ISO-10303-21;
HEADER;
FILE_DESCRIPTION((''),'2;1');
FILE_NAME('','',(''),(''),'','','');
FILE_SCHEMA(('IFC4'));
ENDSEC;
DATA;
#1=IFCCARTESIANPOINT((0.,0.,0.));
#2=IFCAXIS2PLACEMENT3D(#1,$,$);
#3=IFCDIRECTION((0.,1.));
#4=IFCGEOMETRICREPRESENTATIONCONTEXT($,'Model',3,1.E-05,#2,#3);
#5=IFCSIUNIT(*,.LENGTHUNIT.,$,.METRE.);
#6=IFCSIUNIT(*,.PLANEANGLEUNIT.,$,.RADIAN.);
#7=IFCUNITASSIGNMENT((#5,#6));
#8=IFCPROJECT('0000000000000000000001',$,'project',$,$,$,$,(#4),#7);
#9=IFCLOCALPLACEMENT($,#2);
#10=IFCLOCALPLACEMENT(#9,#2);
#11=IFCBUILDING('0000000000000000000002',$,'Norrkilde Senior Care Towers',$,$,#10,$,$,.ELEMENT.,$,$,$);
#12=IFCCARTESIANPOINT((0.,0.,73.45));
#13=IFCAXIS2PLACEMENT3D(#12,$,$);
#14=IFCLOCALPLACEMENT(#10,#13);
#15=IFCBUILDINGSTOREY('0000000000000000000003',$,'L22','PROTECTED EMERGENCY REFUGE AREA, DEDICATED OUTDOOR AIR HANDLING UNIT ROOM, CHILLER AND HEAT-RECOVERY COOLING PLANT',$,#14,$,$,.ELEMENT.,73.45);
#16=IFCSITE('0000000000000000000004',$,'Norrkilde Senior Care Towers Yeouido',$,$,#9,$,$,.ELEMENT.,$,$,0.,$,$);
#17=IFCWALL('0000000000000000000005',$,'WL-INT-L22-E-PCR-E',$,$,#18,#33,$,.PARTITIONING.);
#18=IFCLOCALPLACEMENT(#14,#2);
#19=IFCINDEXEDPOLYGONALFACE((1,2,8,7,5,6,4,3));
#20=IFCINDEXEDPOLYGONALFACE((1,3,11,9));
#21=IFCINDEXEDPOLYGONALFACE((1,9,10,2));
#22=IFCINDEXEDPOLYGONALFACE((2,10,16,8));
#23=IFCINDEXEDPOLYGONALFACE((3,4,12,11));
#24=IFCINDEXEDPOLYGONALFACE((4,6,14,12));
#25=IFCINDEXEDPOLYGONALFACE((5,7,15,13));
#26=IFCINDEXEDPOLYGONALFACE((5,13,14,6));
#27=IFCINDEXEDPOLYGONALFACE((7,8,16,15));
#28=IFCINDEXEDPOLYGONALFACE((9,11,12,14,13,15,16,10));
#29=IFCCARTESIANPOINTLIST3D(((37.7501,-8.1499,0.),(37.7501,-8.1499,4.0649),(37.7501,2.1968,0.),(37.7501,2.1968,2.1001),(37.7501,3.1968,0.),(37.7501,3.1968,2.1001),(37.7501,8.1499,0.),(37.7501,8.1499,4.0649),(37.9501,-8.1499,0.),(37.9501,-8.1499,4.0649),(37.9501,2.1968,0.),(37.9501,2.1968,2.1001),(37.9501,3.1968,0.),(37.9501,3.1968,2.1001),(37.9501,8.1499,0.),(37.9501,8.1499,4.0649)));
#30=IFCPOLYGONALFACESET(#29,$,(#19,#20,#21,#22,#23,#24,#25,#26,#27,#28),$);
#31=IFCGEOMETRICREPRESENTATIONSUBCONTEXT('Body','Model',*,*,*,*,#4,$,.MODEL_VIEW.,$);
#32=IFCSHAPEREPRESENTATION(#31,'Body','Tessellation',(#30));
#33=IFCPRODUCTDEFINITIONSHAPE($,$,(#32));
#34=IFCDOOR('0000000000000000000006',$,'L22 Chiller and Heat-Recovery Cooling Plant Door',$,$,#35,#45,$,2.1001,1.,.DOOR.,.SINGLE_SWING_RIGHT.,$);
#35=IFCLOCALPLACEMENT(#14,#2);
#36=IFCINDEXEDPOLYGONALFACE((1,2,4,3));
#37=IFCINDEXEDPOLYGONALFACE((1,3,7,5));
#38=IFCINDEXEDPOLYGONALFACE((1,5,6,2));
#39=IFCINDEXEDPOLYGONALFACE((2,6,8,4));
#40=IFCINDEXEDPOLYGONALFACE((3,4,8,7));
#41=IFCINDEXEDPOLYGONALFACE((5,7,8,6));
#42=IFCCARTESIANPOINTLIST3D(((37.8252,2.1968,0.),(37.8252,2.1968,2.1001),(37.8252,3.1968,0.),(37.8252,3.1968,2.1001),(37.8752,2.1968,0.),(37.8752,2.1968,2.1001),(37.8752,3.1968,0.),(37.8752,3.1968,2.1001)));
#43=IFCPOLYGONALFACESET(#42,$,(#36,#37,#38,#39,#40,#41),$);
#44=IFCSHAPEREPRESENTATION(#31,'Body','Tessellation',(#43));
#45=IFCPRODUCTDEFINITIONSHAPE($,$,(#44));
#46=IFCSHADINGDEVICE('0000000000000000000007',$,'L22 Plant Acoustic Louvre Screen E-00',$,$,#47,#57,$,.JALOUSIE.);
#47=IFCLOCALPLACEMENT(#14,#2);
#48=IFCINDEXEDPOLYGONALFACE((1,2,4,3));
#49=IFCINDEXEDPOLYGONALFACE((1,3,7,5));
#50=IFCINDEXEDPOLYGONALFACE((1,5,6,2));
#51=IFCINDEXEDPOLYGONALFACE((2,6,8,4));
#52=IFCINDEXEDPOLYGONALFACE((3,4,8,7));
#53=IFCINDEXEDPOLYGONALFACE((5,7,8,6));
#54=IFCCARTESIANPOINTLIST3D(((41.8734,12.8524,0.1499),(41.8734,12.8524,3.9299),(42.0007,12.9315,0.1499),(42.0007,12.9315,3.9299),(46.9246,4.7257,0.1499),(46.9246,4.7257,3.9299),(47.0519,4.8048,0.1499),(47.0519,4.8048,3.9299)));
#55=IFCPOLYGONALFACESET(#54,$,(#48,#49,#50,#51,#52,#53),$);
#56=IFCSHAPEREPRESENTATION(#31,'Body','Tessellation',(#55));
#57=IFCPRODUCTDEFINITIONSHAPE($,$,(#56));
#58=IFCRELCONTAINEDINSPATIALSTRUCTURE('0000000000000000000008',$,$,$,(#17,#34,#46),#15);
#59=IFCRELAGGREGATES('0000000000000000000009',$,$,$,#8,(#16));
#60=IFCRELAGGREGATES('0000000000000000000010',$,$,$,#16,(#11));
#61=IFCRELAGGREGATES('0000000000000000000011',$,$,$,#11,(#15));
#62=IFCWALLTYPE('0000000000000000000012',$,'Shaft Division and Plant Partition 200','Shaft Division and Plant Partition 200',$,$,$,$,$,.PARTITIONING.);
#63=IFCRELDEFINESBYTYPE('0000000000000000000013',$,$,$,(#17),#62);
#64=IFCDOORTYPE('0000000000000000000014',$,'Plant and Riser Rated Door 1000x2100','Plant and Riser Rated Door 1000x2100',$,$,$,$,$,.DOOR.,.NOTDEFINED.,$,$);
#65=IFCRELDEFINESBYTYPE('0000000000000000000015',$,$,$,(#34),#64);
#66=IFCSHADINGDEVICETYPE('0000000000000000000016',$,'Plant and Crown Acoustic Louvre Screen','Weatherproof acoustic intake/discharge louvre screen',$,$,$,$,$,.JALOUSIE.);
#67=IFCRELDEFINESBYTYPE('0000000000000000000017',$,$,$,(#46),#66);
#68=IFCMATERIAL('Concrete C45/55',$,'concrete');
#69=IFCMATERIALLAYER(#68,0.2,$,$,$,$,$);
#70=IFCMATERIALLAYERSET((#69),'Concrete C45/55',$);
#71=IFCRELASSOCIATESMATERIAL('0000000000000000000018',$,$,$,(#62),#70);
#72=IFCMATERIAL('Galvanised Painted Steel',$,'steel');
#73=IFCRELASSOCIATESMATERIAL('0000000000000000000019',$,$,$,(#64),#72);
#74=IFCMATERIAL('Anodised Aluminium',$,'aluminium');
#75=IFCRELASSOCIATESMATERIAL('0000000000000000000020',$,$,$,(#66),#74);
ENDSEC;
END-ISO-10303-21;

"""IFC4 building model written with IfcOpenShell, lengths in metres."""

from ifc_helpers import new_model, si_unit, direction, frame, frame_2d, origin, origin_2d, place, context, subcontext, project, spatial, rectangle, extrude, source, transform, mapped, material, layer, layer_set, type_object, type_shapes, element, fill, save


model = new_model("IFC4")

# Units and contexts
model_context = context("Model", 3, precision=1e-05, world=origin(), true_north=direction((0.0, 1.0)))
body_context = subcontext(model_context, "Body", "Model", "MODEL_VIEW")
ifc_project = project(units=[si_unit("LENGTHUNIT", "METRE"), si_unit("PLANEANGLEUNIT", "RADIAN")], contexts=[model_context])

# Site, building, storey
site_placement = place(None, origin())
site = spatial("IfcSite", under=ifc_project, at=site_placement, Name="Norrkilde Senior Care Towers Yeouido", CompositionType="ELEMENT", RefElevation=0.0)
building_placement = place(site_placement, origin())
building = spatial("IfcBuilding", under=site, at=building_placement, Name="Norrkilde Senior Care Towers", CompositionType="ELEMENT")
storey_placement = place(building_placement, frame((0.0, 0.0, 73.45)))
storey = spatial("IfcBuildingStorey", under=building, at=storey_placement, Name="L22", Description="PROTECTED EMERGENCY REFUGE AREA, DEDICATED OUTDOOR AIR HANDLING UNIT ROOM, CHILLER AND HEAT-RECOVERY COOLING PLANT", CompositionType="ELEMENT", Elevation=73.45)

# Shared definitions
ifc_material_1 = material(Name="Anodised Aluminium", Category="aluminium")

# Wall, opening, door
ifc_material_2 = material(Name="Concrete C45/55", Category="concrete")
ifc_layer_1 = layer(ifc_material_2, 0.2)
ifc_layer_set_1 = layer_set([ifc_layer_1], Name="Concrete C45/55")
wall_type = type_object("IfcWallType", Name="Shaft Division and Plant Partition 200", Description="Shaft Division and Plant Partition 200", PredefinedType="PARTITIONING", material=ifc_layer_set_1)
shared_shape_1 = source(origin(), body_context, "Body", "SweptSolid", [
    extrude(rectangle(XDim=16.2998, YDim=0.2, at=frame_2d((8.1499, 0.0))), origin(), (0.0, 0.0, 1.0), 4.0649),
])
type_shapes(wall_type, [shared_shape_1])
wall_placement = place(storey_placement, frame((37.8501, 8.1499, 0.0), z_axis=(0.0, 0.0, 1.0), x_axis=(0.0, -1.0, 0.0)))
wall = element("IfcWall", 1, at=wall_placement, inside=storey, type_object=wall_type, Name="WL-INT-L22-E-PCR-E", PredefinedType="PARTITIONING", context=body_context, shape_type="MappedRepresentation", body=[
    mapped(shared_shape_1, transform((0.0, 0.0, 0.0), x_axis=(1.0, 0.0, 0.0), y_axis=(0.0, 1.0, 0.0), z_axis=(0.0, 0.0, 1.0), scale=1.0)),
])
opening_placement = place(wall_placement, frame((4.9531, 0.0, 0.0)))
opening = element("IfcOpeningElement", 2, at=opening_placement, cuts=wall, PredefinedType="OPENING", context=body_context, shape_type="SweptSolid", body=[
    extrude(rectangle(XDim=1.0, YDim=2.1001, at=frame_2d((0.5, 1.05))), frame((0.0, 0.1099, 0.0), z_axis=(0.0, -1.0, 0.0), x_axis=(1.0, 0.0, 0.0)), (0.0, 0.0, 1.0), 0.22),
])
ifc_material_3 = material(Name="Galvanised Painted Steel", Category="steel")
door_type = type_object("IfcDoorType", Name="Plant and Riser Rated Door 1000x2100", Description="Plant and Riser Rated Door 1000x2100", OperationType="NOTDEFINED", PredefinedType="DOOR", material=ifc_material_3)
shared_shape_2 = source(origin(), body_context, "Body", "SweptSolid", [
    extrude(rectangle(XDim=1.0, YDim=2.1001, at=frame_2d((0.5, 1.05))), frame((0.0, 0.0249, 0.0), z_axis=(0.0, -1.0, 0.0), x_axis=(1.0, 0.0, 0.0)), (0.0, 0.0, 1.0), 0.05),
])
type_shapes(door_type, [shared_shape_2])
door_placement = place(opening_placement, frame((1.0, 0.0, 0.0), z_axis=(0.0, 0.0, 1.0), x_axis=(-1.0, 0.0, 0.0)))
door = element("IfcDoor", 3, at=door_placement, inside=storey, type_object=door_type, Name="L22 Chiller and Heat-Recovery Cooling Plant Door", OperationType="SINGLE_SWING_RIGHT", OverallHeight=2.1001, OverallWidth=1.0, PredefinedType="DOOR", context=body_context, shape_type="MappedRepresentation", body=[
    mapped(shared_shape_2, transform((0.0, 0.0, 0.0), x_axis=(1.0, 0.0, 0.0), y_axis=(0.0, 1.0, 0.0), z_axis=(0.0, 0.0, 1.0), scale=1.0)),
])
fill(opening, door)

# Shading device
shading_device_type = type_object("IfcShadingDeviceType", Name="Plant and Crown Acoustic Louvre Screen", Description="Weatherproof acoustic intake/discharge louvre screen", PredefinedType="JALOUSIE", material=ifc_material_1)
shared_shape_3 = source(origin(), body_context, "Body", "SweptSolid", [
    extrude(rectangle(XDim=9.5686, YDim=0.1499, at=origin_2d()), origin(), (0.0, 0.0, 1.0), 3.78),
])
type_shapes(shading_device_type, [shared_shape_3])
shading_device_placement = place(storey_placement, frame((44.4626, 8.8286, 0.1499), z_axis=(0.0, 0.0, 1.0), x_axis=(0.527901, -0.849306, 0.0)))
element("IfcShadingDevice", 4, at=shading_device_placement, inside=storey, type_object=shading_device_type, Name="L22 Plant Acoustic Louvre Screen E-00", PredefinedType="JALOUSIE", context=body_context, shape_type="MappedRepresentation", body=[
    mapped(shared_shape_3, transform((0.0, 0.0, 0.0), x_axis=(1.0, 0.0, 0.0), y_axis=(0.0, 1.0, 0.0), z_axis=(0.0, 0.0, 1.0), scale=1.0)),
])

save(model, "model.ifc")
